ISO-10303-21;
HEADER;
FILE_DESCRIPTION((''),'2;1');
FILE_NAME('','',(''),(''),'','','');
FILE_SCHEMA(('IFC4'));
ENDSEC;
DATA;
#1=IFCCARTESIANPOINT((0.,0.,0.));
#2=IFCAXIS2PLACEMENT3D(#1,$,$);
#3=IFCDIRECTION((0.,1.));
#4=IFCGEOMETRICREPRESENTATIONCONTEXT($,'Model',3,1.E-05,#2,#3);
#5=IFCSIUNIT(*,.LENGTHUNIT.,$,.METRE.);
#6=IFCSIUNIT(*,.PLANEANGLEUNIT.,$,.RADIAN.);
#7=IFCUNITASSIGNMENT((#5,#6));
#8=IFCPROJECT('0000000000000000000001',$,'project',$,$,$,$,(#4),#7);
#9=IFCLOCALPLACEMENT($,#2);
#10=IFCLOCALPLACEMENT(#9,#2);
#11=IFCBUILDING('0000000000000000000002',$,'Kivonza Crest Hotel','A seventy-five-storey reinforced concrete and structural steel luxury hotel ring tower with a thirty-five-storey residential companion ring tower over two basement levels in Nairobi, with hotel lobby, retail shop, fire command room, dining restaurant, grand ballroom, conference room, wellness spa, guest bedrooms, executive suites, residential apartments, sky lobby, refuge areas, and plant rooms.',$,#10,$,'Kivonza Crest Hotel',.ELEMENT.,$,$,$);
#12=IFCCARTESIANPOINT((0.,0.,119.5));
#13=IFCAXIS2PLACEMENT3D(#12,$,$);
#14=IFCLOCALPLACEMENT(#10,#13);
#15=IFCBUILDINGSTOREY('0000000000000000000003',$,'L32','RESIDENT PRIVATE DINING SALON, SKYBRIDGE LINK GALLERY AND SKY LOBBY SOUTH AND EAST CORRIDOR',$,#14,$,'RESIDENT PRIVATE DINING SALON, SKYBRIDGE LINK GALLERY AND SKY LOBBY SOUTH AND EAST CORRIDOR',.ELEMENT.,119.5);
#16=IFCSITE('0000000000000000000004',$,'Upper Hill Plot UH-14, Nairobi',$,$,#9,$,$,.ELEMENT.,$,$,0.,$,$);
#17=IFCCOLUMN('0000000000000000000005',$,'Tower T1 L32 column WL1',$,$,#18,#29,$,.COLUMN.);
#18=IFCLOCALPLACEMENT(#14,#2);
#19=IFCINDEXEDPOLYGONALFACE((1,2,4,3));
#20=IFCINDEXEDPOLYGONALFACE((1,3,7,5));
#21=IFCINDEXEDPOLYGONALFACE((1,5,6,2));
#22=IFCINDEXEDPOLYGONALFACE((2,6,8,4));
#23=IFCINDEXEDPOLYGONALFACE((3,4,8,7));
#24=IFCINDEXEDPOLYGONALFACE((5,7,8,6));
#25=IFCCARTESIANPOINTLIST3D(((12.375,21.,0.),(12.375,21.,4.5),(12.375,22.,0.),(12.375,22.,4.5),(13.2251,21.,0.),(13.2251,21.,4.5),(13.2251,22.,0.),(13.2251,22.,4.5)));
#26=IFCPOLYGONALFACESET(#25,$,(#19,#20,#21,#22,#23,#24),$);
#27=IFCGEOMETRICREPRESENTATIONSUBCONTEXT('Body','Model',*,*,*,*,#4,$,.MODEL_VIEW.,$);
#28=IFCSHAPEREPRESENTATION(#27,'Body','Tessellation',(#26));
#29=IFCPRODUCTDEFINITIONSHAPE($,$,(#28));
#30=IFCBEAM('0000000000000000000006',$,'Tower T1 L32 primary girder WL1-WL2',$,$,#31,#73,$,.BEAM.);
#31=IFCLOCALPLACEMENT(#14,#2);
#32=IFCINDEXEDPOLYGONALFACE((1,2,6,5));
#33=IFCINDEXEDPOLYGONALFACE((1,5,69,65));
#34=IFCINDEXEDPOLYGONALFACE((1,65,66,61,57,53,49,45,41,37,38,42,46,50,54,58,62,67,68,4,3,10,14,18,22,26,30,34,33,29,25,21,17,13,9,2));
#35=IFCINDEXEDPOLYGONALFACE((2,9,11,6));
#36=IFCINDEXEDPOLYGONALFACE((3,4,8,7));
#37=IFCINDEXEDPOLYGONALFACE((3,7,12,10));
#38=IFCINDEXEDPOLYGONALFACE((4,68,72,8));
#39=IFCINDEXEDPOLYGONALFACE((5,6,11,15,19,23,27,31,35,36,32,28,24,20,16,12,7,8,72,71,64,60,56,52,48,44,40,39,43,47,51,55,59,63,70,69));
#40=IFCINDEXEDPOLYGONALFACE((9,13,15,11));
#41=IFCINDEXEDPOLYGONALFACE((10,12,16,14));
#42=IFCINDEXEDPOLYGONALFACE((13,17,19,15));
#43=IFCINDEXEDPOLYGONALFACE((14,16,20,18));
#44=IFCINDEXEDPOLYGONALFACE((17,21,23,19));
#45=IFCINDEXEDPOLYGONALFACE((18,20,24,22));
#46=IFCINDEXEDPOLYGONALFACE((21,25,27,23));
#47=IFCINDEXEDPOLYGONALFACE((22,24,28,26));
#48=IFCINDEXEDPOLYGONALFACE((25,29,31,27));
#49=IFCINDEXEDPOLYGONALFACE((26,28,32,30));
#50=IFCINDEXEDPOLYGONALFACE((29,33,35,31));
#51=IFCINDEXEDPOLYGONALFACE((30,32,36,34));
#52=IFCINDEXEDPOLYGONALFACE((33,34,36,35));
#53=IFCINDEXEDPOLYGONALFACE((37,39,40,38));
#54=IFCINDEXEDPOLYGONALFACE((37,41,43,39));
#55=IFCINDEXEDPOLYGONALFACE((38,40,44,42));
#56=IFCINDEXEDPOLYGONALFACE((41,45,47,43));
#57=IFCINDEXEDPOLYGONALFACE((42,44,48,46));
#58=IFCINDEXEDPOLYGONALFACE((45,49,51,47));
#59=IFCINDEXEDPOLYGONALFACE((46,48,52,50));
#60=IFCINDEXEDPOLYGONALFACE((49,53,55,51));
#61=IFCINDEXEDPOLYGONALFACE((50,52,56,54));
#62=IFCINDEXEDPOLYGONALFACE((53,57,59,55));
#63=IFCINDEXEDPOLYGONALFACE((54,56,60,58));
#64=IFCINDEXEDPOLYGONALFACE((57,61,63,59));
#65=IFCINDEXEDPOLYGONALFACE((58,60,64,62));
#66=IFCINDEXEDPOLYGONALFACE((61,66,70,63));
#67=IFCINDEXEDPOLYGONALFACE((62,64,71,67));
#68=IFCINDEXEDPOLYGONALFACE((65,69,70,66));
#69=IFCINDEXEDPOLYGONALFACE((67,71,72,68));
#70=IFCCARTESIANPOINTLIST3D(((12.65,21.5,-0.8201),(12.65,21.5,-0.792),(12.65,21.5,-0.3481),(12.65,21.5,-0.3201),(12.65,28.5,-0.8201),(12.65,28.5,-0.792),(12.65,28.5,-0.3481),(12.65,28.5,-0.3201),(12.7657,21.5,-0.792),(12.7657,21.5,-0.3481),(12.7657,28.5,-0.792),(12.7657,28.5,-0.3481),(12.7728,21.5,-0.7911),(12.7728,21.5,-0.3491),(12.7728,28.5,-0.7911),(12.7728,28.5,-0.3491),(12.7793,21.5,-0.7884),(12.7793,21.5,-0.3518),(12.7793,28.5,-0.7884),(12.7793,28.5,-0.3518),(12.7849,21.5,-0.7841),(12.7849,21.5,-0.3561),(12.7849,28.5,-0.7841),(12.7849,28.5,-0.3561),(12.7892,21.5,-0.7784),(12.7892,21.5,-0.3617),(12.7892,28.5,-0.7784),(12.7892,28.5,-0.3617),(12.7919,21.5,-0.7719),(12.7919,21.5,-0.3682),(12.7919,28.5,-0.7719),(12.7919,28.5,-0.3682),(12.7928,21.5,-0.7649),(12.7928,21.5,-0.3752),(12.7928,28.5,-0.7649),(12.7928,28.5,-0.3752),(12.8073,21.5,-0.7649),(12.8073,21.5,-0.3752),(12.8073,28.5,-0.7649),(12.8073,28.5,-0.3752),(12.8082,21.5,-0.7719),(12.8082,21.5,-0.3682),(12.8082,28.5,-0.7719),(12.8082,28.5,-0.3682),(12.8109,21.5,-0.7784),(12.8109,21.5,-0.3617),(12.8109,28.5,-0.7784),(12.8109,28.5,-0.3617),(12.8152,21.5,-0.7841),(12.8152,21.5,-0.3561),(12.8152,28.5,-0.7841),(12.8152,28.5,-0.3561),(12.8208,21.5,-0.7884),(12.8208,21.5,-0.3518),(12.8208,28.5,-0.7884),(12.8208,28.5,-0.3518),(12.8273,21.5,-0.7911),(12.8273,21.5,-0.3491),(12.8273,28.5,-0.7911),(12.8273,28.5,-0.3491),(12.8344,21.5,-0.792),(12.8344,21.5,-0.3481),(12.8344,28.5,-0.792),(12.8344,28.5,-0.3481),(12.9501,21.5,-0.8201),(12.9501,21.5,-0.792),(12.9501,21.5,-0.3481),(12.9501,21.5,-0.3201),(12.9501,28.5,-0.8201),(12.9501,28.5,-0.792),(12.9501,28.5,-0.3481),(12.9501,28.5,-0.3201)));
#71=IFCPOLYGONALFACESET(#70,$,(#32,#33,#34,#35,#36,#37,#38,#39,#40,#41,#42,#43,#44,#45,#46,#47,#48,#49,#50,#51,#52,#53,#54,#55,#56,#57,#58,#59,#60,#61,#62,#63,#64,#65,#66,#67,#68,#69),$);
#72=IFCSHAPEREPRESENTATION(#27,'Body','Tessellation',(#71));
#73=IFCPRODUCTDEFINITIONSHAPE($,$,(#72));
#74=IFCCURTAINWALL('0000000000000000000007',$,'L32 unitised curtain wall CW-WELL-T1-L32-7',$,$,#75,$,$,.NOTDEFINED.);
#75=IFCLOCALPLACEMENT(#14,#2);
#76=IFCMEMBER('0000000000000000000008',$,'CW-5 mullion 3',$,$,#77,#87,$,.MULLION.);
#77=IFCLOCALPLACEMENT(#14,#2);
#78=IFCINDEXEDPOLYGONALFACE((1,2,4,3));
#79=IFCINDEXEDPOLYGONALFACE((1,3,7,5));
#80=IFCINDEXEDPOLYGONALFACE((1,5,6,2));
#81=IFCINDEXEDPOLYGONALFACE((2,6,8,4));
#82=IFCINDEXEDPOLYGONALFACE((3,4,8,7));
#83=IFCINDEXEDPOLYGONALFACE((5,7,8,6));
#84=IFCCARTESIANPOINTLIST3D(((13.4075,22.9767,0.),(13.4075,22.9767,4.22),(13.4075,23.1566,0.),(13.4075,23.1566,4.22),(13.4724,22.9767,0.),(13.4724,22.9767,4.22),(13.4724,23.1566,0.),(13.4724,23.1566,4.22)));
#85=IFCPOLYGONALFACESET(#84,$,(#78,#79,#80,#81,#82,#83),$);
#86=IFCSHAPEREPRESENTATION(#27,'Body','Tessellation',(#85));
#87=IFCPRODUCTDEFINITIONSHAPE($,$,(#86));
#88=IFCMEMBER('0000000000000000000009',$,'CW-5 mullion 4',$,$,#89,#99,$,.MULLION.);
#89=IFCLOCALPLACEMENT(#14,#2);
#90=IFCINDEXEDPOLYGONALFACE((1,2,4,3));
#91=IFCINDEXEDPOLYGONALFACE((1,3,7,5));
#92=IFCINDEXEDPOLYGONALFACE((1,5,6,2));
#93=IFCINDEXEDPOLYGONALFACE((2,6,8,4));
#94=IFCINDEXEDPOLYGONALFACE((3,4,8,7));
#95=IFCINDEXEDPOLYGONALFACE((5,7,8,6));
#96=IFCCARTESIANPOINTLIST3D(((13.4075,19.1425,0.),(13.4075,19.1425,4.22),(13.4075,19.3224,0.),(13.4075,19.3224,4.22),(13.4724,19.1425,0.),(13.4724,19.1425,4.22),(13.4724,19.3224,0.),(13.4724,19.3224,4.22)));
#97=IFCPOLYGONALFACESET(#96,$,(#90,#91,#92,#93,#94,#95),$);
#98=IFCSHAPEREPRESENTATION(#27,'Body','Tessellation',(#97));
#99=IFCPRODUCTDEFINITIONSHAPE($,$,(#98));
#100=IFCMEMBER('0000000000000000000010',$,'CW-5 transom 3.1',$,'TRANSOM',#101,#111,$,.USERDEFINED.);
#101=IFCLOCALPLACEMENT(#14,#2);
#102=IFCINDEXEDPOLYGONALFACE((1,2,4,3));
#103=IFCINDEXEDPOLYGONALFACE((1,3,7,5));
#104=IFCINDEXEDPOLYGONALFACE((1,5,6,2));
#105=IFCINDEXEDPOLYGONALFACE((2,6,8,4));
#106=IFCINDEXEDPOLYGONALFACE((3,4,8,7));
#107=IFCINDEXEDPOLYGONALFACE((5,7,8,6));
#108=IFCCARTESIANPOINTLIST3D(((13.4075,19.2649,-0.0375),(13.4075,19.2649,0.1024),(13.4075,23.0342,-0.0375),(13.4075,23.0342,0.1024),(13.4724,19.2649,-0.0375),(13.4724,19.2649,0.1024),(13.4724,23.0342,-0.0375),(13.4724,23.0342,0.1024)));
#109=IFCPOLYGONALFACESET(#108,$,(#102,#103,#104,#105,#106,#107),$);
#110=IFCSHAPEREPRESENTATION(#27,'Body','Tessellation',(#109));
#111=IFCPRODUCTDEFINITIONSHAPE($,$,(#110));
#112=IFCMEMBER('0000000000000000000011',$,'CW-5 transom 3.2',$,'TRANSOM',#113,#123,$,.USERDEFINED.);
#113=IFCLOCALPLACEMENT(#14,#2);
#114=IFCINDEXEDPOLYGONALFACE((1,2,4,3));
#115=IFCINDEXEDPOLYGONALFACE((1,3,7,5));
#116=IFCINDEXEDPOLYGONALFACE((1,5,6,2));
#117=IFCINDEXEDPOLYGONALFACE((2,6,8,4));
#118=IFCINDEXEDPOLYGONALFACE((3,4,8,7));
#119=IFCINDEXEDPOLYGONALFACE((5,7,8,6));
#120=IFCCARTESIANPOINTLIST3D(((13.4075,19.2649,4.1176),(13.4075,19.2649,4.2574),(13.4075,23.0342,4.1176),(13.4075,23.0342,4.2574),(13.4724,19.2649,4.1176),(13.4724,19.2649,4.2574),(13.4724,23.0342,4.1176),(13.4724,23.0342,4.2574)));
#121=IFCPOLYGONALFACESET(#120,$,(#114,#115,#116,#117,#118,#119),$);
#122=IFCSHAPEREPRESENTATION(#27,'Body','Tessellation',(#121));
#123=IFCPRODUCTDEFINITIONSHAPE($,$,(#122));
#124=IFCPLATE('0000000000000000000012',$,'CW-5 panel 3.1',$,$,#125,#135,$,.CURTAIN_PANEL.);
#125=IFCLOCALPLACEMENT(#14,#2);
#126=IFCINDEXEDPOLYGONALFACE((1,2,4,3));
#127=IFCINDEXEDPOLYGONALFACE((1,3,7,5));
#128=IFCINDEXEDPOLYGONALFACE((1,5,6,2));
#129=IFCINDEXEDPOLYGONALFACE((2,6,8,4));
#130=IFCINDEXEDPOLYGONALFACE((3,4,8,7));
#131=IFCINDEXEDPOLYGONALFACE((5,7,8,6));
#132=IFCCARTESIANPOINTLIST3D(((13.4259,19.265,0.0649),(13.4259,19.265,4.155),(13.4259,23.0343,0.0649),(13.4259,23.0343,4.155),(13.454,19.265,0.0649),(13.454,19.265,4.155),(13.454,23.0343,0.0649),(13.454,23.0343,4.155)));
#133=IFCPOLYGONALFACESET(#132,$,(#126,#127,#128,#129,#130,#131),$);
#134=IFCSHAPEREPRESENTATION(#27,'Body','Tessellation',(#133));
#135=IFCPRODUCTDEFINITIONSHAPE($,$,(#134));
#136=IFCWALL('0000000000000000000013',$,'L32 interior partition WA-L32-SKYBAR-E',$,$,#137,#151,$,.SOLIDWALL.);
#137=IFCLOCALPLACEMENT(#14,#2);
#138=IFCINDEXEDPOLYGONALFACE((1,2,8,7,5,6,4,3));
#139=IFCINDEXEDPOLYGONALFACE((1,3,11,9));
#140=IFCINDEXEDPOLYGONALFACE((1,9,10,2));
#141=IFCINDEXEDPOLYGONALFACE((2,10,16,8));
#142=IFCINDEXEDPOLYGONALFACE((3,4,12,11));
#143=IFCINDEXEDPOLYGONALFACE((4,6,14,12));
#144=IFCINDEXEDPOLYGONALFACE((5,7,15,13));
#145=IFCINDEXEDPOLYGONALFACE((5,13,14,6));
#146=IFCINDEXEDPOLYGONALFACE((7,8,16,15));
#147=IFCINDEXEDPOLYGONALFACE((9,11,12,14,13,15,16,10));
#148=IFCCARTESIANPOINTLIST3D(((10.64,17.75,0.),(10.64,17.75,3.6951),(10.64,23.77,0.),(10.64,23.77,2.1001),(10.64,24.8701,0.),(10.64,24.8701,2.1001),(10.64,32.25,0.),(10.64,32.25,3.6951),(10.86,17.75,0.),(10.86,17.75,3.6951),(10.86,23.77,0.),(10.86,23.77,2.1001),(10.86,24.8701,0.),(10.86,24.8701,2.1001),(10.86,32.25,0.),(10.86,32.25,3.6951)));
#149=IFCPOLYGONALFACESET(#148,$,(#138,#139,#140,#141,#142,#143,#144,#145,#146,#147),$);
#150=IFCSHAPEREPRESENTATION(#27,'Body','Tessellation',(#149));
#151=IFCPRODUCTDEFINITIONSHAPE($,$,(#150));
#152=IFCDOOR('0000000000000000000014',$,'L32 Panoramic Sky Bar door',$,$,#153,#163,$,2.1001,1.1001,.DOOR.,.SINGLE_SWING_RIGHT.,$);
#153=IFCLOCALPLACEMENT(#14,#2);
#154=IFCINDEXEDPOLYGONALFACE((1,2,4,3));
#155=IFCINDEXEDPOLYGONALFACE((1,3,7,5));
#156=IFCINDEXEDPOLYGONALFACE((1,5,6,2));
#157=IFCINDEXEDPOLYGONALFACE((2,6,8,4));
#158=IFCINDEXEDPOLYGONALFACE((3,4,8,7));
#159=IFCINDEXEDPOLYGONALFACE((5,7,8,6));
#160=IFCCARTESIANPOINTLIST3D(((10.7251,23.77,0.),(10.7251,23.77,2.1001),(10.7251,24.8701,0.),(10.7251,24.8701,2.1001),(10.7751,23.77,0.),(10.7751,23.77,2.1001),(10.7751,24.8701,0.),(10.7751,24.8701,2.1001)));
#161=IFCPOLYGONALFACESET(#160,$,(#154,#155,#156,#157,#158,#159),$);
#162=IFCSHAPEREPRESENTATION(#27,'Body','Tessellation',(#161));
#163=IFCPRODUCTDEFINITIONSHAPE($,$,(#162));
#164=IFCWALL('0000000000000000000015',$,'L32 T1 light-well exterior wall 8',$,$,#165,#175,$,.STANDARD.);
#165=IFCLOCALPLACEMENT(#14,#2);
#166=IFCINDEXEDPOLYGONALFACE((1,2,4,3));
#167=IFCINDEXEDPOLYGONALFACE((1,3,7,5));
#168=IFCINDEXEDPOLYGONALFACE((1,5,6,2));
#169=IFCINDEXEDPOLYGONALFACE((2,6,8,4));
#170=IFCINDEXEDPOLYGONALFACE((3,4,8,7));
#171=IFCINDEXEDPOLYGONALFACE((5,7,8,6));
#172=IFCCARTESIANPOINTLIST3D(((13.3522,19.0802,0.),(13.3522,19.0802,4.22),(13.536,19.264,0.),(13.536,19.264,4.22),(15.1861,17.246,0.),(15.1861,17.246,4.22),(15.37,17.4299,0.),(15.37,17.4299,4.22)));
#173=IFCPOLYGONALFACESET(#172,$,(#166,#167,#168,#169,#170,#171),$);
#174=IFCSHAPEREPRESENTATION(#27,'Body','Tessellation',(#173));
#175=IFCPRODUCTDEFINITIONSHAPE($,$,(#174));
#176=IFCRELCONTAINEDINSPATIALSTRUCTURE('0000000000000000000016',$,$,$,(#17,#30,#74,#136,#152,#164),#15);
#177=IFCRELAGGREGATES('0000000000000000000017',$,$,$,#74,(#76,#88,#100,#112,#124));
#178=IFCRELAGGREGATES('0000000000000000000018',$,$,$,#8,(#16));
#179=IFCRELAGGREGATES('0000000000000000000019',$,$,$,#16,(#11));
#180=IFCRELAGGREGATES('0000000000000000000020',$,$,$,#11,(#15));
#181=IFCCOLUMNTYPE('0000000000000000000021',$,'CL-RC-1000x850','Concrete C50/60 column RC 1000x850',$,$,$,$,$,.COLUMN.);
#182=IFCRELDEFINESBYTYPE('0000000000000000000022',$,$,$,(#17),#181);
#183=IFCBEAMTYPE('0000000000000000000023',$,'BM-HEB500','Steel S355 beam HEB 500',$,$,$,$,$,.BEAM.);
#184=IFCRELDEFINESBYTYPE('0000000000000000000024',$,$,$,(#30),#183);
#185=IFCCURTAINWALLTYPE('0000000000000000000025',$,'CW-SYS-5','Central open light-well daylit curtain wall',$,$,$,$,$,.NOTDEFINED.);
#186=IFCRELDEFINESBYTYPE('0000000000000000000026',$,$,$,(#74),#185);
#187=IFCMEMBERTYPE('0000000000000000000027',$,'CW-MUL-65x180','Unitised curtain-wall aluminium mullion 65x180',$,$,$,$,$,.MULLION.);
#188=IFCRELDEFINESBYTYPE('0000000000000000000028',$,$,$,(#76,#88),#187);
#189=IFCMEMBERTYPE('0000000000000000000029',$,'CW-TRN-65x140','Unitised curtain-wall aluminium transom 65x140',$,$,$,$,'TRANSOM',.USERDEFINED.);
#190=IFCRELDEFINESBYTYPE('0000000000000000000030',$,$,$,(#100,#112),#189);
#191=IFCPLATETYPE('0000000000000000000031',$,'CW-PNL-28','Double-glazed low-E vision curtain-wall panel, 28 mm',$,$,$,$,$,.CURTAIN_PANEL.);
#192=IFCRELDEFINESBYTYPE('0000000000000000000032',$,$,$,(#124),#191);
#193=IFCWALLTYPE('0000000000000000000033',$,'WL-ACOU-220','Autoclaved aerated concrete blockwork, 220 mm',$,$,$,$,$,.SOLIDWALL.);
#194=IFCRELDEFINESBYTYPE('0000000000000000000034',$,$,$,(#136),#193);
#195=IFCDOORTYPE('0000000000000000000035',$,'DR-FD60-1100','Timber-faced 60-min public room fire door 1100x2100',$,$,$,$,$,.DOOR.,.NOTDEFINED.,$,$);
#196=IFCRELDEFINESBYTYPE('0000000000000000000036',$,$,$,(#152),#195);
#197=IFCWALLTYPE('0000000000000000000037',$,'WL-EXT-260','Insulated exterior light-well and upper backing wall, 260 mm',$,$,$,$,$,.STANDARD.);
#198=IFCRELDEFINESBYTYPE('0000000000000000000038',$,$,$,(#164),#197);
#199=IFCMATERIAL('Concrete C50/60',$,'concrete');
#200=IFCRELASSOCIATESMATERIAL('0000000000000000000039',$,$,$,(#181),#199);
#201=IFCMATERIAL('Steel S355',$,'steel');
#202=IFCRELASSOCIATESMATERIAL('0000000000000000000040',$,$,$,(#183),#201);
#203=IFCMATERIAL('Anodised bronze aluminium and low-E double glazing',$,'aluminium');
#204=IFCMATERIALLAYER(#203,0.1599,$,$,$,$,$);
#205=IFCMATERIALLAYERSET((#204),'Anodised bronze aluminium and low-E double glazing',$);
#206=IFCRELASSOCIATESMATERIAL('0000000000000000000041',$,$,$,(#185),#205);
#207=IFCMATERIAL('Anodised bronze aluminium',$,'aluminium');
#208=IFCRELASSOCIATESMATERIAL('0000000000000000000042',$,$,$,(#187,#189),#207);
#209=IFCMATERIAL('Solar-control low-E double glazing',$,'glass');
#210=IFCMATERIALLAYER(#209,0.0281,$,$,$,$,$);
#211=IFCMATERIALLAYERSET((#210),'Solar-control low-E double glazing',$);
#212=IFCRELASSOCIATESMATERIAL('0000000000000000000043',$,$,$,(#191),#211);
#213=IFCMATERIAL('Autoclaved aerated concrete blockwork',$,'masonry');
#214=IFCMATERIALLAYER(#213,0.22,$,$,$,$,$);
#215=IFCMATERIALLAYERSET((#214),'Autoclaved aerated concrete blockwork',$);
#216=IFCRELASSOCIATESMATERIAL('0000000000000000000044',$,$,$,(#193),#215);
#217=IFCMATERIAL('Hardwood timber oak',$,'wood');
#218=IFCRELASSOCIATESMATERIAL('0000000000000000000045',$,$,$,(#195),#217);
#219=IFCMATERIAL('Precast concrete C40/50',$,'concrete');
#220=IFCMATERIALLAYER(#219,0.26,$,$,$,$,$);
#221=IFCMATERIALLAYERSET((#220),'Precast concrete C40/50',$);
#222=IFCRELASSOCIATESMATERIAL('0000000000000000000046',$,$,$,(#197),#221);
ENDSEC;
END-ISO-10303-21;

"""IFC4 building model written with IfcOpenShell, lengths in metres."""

from ifc_helpers import new_model, si_unit, direction, frame, frame_2d, origin, origin_2d, place, context, subcontext, project, spatial, rectangle, i_section, extrude, material, layer, layer_set, material_profile, profile_set, type_object, element, fill, aggregate, save


model = new_model("IFC4")

# Units and contexts
model_context = context("Model", 3, precision=1e-05, world=origin(), true_north=direction((0.0, 1.0)))
body_context = subcontext(model_context, "Body", "Model", "MODEL_VIEW")
ifc_project = project(units=[si_unit("LENGTHUNIT", "METRE"), si_unit("PLANEANGLEUNIT", "RADIAN")], contexts=[model_context])

# Site, building, storey
site_placement = place(None, origin())
site = spatial("IfcSite", under=ifc_project, at=site_placement, Name="Upper Hill Plot UH-14, Nairobi", CompositionType="ELEMENT", RefElevation=0.0)
building_placement = place(site_placement, origin())
building = spatial("IfcBuilding", under=site, at=building_placement, Name="Kivonza Crest Hotel", Description="A seventy-five-storey reinforced concrete and structural steel luxury hotel ring tower with a thirty-five-storey residential companion ring tower over two basement levels in Nairobi, with hotel lobby, retail shop, fire command room, dining restaurant, grand ballroom, conference room, wellness spa, guest bedrooms, executive suites, residential apartments, sky lobby, refuge areas, and plant rooms.", LongName="Kivonza Crest Hotel", CompositionType="ELEMENT")
storey_placement = place(building_placement, frame((0.0, 0.0, 119.5)))
storey = spatial("IfcBuildingStorey", under=building, at=storey_placement, Name="L32", Description="RESIDENT PRIVATE DINING SALON, SKYBRIDGE LINK GALLERY AND SKY LOBBY SOUTH AND EAST CORRIDOR", LongName="RESIDENT PRIVATE DINING SALON, SKYBRIDGE LINK GALLERY AND SKY LOBBY SOUTH AND EAST CORRIDOR", CompositionType="ELEMENT", Elevation=119.5)

# Column
ifc_material_1 = material(Name="Concrete C50/60", Category="concrete")
ifc_material_profile_1 = material_profile(ifc_material_1, rectangle(XDim=0.8501, YDim=1.0, at=origin_2d()), Name="RC 1000x850")
ifc_profile_set_1 = profile_set([ifc_material_profile_1], Name="Concrete C50/60")
column_type = type_object("IfcColumnType", Name="CL-RC-1000x850", Description="Concrete C50/60 column RC 1000x850", PredefinedType="COLUMN", material=ifc_profile_set_1)
column_placement = place(storey_placement, frame((12.8, 21.5, 0.0), z_axis=(0.0, 0.0, 1.0), x_axis=(1.0, 0.0, 0.0)))
element("IfcColumn", 1, at=column_placement, inside=storey, type_object=column_type, Name="Tower T1 L32 column WL1", PredefinedType="COLUMN", context=body_context, shape_type="SweptSolid", body=[
    extrude(rectangle(XDim=0.8501, YDim=1.0, at=origin_2d()), origin(), (0.0, 0.0, 1.0), 4.5),
])

# Beam
ifc_material_2 = material(Name="Steel S355", Category="steel")
ifc_material_profile_2 = material_profile(ifc_material_2, i_section(OverallWidth=0.3, OverallDepth=0.5, WebThickness=0.0144, FlangeThickness=0.0281, FilletRadius=0.0271, at=origin_2d()), Name="HEB 500")
ifc_profile_set_2 = profile_set([ifc_material_profile_2], Name="Steel S355")
beam_type = type_object("IfcBeamType", Name="BM-HEB500", Description="Steel S355 beam HEB 500", PredefinedType="BEAM", material=ifc_profile_set_2)
beam_placement = place(storey_placement, frame((12.8, 21.5, -0.5701), z_axis=(0.0, 1.0, 0.0), x_axis=(-1.0, 0.0, 0.0)))
element("IfcBeam", 2, at=beam_placement, inside=storey, type_object=beam_type, Name="Tower T1 L32 primary girder WL1-WL2", PredefinedType="BEAM", context=body_context, shape_type="SweptSolid", body=[
    extrude(i_section(OverallWidth=0.3, OverallDepth=0.5, WebThickness=0.0144, FlangeThickness=0.0281, FilletRadius=0.0271, at=origin_2d()), origin(), (0.0, 0.0, 1.0), 7.0),
])

# Curtain wall, members, plate
ifc_material_3 = material(Name="Anodised bronze aluminium and low-E double glazing", Category="aluminium")
ifc_layer_1 = layer(ifc_material_3, 0.1599)
ifc_layer_set_1 = layer_set([ifc_layer_1], Name="Anodised bronze aluminium and low-E double glazing")
curtain_wall_type = type_object("IfcCurtainWallType", Name="CW-SYS-5", Description="Central open light-well daylit curtain wall", PredefinedType="NOTDEFINED", material=ifc_layer_set_1)
curtain_wall_placement = place(storey_placement, origin())
curtain_wall = element("IfcCurtainWall", 3, at=curtain_wall_placement, inside=storey, type_object=curtain_wall_type, Name="L32 unitised curtain wall CW-WELL-T1-L32-7", PredefinedType="NOTDEFINED")
ifc_material_4 = material(Name="Anodised bronze aluminium", Category="aluminium")
ifc_material_profile_3 = material_profile(ifc_material_4, rectangle(XDim=0.0649, YDim=0.1799, at=origin_2d()), Name="CW-M 65x180")
ifc_profile_set_3 = profile_set([ifc_material_profile_3], Name="Anodised bronze aluminium")
member_type_1 = type_object("IfcMemberType", Name="CW-MUL-65x180", Description="Unitised curtain-wall aluminium mullion 65x180", PredefinedType="MULLION", material=ifc_profile_set_3)
member_1_placement = place(storey_placement, frame((13.4399, 23.0667, 0.0), z_axis=(0.0, 0.0, 1.0), x_axis=(1.0, 0.0, 0.0)))
member_1 = element("IfcMember", 4, at=member_1_placement, type_object=member_type_1, Name="CW-5 mullion 3", PredefinedType="MULLION", context=body_context, shape_type="SweptSolid", body=[
    extrude(rectangle(XDim=0.0649, YDim=0.1799, at=origin_2d()), origin(), (0.0, 0.0, 1.0), 4.22),
])
member_2_placement = place(storey_placement, frame((13.4399, 19.2324, 0.0), z_axis=(0.0, 0.0, 1.0), x_axis=(1.0, 0.0, 0.0)))
member_2 = element("IfcMember", 5, at=member_2_placement, type_object=member_type_1, Name="CW-5 mullion 4", PredefinedType="MULLION", context=body_context, shape_type="SweptSolid", body=[
    extrude(rectangle(XDim=0.0649, YDim=0.1799, at=origin_2d()), origin(), (0.0, 0.0, 1.0), 4.22),
])
ifc_material_profile_4 = material_profile(ifc_material_4, rectangle(XDim=0.0649, YDim=0.1399, at=origin_2d()), Name="CW-T 65x140")
ifc_profile_set_4 = profile_set([ifc_material_profile_4], Name="Anodised bronze aluminium")
member_type_2 = type_object("IfcMemberType", Name="CW-TRN-65x140", Description="Unitised curtain-wall aluminium transom 65x140", ElementType="TRANSOM", PredefinedType="USERDEFINED", material=ifc_profile_set_4)
member_3_placement = place(storey_placement, frame((13.4399, 23.0342, 0.0325), z_axis=(0.0, -1.0, 0.0), x_axis=(1.0, 0.0, 0.0)))
member_3 = element("IfcMember", 6, at=member_3_placement, type_object=member_type_2, Name="CW-5 transom 3.1", ObjectType="TRANSOM", PredefinedType="USERDEFINED", context=body_context, shape_type="SweptSolid", body=[
    extrude(rectangle(XDim=0.0649, YDim=0.1399, at=origin_2d()), origin(), (0.0, 0.0, 1.0), 3.7693),
])
member_4_placement = place(storey_placement, frame((13.4399, 23.0342, 4.1875), z_axis=(0.0, -1.0, 0.0), x_axis=(1.0, 0.0, 0.0)))
member_4 = element("IfcMember", 7, at=member_4_placement, type_object=member_type_2, Name="CW-5 transom 3.2", ObjectType="TRANSOM", PredefinedType="USERDEFINED", context=body_context, shape_type="SweptSolid", body=[
    extrude(rectangle(XDim=0.0649, YDim=0.1399, at=origin_2d()), origin(), (0.0, 0.0, 1.0), 3.7693),
])
ifc_material_5 = material(Name="Solar-control low-E double glazing", Category="glass")
ifc_layer_2 = layer(ifc_material_5, 0.0281)
ifc_layer_set_2 = layer_set([ifc_layer_2], Name="Solar-control low-E double glazing")
plate_type = type_object("IfcPlateType", Name="CW-PNL-28", Description="Double-glazed low-E vision curtain-wall panel, 28 mm", PredefinedType="CURTAIN_PANEL", material=ifc_layer_set_2)
plate_placement = place(storey_placement, frame((13.4399, 21.1497, 0.0649), z_axis=(0.0, 0.0, 1.0), x_axis=(0.0, -1.0, 0.0)))
plate = element("IfcPlate", 8, at=plate_placement, type_object=plate_type, Name="CW-5 panel 3.1", PredefinedType="CURTAIN_PANEL", context=body_context, shape_type="SweptSolid", body=[
    extrude(rectangle(XDim=3.7693, YDim=0.0281, at=origin_2d()), origin(), (0.0, 0.0, 1.0), 4.0901),
])
aggregate(curtain_wall, [member_1, member_2, member_3, member_4, plate])

# Wall, opening, door
ifc_material_6 = material(Name="Autoclaved aerated concrete blockwork", Category="masonry")
ifc_layer_3 = layer(ifc_material_6, 0.22)
ifc_layer_set_3 = layer_set([ifc_layer_3], Name="Autoclaved aerated concrete blockwork")
wall_type_1 = type_object("IfcWallType", Name="WL-ACOU-220", Description="Autoclaved aerated concrete blockwork, 220 mm", PredefinedType="SOLIDWALL", material=ifc_layer_set_3)
wall_1_placement = place(storey_placement, frame((10.75, 17.75, 0.0), z_axis=(0.0, 0.0, 1.0), x_axis=(0.0, 1.0, 0.0)))
wall_1 = element("IfcWall", 9, at=wall_1_placement, inside=storey, type_object=wall_type_1, Name="L32 interior partition WA-L32-SKYBAR-E", PredefinedType="SOLIDWALL", context=body_context, shape_type="SweptSolid", body=[
    extrude(rectangle(XDim=14.5, YDim=0.22, at=frame_2d((7.25, 0.0))), origin(), (0.0, 0.0, 1.0), 3.6951),
])
opening_1_placement = place(wall_1_placement, frame((6.02, 0.0, 0.0)))
opening_1 = element("IfcOpeningElement", 10, at=opening_1_placement, cuts=wall_1, PredefinedType="OPENING", context=body_context, shape_type="SweptSolid", body=[
    extrude(rectangle(XDim=1.1001, YDim=2.1001, at=frame_2d((0.55, 1.05))), frame((0.0, 0.1201, 0.0), z_axis=(0.0, -1.0, 0.0), x_axis=(1.0, 0.0, 0.0)), (0.0, 0.0, 1.0), 0.24),
])
ifc_material_7 = material(Name="Hardwood timber oak", Category="wood")
door_type_1 = type_object("IfcDoorType", Name="DR-FD60-1100", Description="Timber-faced 60-min public room fire door 1100x2100", OperationType="NOTDEFINED", PredefinedType="DOOR", material=ifc_material_7)
door_1_placement = place(opening_1_placement, origin())
door_1 = element("IfcDoor", 11, at=door_1_placement, inside=storey, type_object=door_type_1, Name="L32 Panoramic Sky Bar door", OperationType="SINGLE_SWING_RIGHT", OverallHeight=2.1001, OverallWidth=1.1001, PredefinedType="DOOR", context=body_context, shape_type="SweptSolid", body=[
    extrude(rectangle(XDim=1.1001, YDim=2.1001, at=frame_2d((0.55, 1.05))), frame((0.0, 0.0249, 0.0), z_axis=(0.0, -1.0, 0.0), x_axis=(1.0, 0.0, 0.0)), (0.0, 0.0, 1.0), 0.05),
])
fill(opening_1, door_1)

# Wall
ifc_material_8 = material(Name="Precast concrete C40/50", Category="concrete")
ifc_layer_4 = layer(ifc_material_8, 0.26)
ifc_layer_set_4 = layer_set([ifc_layer_4], Name="Precast concrete C40/50")
wall_type_2 = type_object("IfcWallType", Name="WL-EXT-260", Description="Insulated exterior light-well and upper backing wall, 260 mm", PredefinedType="STANDARD", material=ifc_layer_set_4)
wall_2_placement = place(storey_placement, frame((13.4441, 19.1721, 0.0), z_axis=(0.0, 0.0, 1.0), x_axis=(0.70706, -0.707154, 0.0)))
element("IfcWall", 12, at=wall_2_placement, inside=storey, type_object=wall_type_2, Name="L32 T1 light-well exterior wall 8", PredefinedType="STANDARD", context=body_context, shape_type="SweptSolid", body=[
    extrude(rectangle(XDim=2.5938, YDim=0.26, at=frame_2d((1.2969, 0.0))), origin(), (0.0, 0.0, 1.0), 4.22),
])

save(model, "model.ifc")
